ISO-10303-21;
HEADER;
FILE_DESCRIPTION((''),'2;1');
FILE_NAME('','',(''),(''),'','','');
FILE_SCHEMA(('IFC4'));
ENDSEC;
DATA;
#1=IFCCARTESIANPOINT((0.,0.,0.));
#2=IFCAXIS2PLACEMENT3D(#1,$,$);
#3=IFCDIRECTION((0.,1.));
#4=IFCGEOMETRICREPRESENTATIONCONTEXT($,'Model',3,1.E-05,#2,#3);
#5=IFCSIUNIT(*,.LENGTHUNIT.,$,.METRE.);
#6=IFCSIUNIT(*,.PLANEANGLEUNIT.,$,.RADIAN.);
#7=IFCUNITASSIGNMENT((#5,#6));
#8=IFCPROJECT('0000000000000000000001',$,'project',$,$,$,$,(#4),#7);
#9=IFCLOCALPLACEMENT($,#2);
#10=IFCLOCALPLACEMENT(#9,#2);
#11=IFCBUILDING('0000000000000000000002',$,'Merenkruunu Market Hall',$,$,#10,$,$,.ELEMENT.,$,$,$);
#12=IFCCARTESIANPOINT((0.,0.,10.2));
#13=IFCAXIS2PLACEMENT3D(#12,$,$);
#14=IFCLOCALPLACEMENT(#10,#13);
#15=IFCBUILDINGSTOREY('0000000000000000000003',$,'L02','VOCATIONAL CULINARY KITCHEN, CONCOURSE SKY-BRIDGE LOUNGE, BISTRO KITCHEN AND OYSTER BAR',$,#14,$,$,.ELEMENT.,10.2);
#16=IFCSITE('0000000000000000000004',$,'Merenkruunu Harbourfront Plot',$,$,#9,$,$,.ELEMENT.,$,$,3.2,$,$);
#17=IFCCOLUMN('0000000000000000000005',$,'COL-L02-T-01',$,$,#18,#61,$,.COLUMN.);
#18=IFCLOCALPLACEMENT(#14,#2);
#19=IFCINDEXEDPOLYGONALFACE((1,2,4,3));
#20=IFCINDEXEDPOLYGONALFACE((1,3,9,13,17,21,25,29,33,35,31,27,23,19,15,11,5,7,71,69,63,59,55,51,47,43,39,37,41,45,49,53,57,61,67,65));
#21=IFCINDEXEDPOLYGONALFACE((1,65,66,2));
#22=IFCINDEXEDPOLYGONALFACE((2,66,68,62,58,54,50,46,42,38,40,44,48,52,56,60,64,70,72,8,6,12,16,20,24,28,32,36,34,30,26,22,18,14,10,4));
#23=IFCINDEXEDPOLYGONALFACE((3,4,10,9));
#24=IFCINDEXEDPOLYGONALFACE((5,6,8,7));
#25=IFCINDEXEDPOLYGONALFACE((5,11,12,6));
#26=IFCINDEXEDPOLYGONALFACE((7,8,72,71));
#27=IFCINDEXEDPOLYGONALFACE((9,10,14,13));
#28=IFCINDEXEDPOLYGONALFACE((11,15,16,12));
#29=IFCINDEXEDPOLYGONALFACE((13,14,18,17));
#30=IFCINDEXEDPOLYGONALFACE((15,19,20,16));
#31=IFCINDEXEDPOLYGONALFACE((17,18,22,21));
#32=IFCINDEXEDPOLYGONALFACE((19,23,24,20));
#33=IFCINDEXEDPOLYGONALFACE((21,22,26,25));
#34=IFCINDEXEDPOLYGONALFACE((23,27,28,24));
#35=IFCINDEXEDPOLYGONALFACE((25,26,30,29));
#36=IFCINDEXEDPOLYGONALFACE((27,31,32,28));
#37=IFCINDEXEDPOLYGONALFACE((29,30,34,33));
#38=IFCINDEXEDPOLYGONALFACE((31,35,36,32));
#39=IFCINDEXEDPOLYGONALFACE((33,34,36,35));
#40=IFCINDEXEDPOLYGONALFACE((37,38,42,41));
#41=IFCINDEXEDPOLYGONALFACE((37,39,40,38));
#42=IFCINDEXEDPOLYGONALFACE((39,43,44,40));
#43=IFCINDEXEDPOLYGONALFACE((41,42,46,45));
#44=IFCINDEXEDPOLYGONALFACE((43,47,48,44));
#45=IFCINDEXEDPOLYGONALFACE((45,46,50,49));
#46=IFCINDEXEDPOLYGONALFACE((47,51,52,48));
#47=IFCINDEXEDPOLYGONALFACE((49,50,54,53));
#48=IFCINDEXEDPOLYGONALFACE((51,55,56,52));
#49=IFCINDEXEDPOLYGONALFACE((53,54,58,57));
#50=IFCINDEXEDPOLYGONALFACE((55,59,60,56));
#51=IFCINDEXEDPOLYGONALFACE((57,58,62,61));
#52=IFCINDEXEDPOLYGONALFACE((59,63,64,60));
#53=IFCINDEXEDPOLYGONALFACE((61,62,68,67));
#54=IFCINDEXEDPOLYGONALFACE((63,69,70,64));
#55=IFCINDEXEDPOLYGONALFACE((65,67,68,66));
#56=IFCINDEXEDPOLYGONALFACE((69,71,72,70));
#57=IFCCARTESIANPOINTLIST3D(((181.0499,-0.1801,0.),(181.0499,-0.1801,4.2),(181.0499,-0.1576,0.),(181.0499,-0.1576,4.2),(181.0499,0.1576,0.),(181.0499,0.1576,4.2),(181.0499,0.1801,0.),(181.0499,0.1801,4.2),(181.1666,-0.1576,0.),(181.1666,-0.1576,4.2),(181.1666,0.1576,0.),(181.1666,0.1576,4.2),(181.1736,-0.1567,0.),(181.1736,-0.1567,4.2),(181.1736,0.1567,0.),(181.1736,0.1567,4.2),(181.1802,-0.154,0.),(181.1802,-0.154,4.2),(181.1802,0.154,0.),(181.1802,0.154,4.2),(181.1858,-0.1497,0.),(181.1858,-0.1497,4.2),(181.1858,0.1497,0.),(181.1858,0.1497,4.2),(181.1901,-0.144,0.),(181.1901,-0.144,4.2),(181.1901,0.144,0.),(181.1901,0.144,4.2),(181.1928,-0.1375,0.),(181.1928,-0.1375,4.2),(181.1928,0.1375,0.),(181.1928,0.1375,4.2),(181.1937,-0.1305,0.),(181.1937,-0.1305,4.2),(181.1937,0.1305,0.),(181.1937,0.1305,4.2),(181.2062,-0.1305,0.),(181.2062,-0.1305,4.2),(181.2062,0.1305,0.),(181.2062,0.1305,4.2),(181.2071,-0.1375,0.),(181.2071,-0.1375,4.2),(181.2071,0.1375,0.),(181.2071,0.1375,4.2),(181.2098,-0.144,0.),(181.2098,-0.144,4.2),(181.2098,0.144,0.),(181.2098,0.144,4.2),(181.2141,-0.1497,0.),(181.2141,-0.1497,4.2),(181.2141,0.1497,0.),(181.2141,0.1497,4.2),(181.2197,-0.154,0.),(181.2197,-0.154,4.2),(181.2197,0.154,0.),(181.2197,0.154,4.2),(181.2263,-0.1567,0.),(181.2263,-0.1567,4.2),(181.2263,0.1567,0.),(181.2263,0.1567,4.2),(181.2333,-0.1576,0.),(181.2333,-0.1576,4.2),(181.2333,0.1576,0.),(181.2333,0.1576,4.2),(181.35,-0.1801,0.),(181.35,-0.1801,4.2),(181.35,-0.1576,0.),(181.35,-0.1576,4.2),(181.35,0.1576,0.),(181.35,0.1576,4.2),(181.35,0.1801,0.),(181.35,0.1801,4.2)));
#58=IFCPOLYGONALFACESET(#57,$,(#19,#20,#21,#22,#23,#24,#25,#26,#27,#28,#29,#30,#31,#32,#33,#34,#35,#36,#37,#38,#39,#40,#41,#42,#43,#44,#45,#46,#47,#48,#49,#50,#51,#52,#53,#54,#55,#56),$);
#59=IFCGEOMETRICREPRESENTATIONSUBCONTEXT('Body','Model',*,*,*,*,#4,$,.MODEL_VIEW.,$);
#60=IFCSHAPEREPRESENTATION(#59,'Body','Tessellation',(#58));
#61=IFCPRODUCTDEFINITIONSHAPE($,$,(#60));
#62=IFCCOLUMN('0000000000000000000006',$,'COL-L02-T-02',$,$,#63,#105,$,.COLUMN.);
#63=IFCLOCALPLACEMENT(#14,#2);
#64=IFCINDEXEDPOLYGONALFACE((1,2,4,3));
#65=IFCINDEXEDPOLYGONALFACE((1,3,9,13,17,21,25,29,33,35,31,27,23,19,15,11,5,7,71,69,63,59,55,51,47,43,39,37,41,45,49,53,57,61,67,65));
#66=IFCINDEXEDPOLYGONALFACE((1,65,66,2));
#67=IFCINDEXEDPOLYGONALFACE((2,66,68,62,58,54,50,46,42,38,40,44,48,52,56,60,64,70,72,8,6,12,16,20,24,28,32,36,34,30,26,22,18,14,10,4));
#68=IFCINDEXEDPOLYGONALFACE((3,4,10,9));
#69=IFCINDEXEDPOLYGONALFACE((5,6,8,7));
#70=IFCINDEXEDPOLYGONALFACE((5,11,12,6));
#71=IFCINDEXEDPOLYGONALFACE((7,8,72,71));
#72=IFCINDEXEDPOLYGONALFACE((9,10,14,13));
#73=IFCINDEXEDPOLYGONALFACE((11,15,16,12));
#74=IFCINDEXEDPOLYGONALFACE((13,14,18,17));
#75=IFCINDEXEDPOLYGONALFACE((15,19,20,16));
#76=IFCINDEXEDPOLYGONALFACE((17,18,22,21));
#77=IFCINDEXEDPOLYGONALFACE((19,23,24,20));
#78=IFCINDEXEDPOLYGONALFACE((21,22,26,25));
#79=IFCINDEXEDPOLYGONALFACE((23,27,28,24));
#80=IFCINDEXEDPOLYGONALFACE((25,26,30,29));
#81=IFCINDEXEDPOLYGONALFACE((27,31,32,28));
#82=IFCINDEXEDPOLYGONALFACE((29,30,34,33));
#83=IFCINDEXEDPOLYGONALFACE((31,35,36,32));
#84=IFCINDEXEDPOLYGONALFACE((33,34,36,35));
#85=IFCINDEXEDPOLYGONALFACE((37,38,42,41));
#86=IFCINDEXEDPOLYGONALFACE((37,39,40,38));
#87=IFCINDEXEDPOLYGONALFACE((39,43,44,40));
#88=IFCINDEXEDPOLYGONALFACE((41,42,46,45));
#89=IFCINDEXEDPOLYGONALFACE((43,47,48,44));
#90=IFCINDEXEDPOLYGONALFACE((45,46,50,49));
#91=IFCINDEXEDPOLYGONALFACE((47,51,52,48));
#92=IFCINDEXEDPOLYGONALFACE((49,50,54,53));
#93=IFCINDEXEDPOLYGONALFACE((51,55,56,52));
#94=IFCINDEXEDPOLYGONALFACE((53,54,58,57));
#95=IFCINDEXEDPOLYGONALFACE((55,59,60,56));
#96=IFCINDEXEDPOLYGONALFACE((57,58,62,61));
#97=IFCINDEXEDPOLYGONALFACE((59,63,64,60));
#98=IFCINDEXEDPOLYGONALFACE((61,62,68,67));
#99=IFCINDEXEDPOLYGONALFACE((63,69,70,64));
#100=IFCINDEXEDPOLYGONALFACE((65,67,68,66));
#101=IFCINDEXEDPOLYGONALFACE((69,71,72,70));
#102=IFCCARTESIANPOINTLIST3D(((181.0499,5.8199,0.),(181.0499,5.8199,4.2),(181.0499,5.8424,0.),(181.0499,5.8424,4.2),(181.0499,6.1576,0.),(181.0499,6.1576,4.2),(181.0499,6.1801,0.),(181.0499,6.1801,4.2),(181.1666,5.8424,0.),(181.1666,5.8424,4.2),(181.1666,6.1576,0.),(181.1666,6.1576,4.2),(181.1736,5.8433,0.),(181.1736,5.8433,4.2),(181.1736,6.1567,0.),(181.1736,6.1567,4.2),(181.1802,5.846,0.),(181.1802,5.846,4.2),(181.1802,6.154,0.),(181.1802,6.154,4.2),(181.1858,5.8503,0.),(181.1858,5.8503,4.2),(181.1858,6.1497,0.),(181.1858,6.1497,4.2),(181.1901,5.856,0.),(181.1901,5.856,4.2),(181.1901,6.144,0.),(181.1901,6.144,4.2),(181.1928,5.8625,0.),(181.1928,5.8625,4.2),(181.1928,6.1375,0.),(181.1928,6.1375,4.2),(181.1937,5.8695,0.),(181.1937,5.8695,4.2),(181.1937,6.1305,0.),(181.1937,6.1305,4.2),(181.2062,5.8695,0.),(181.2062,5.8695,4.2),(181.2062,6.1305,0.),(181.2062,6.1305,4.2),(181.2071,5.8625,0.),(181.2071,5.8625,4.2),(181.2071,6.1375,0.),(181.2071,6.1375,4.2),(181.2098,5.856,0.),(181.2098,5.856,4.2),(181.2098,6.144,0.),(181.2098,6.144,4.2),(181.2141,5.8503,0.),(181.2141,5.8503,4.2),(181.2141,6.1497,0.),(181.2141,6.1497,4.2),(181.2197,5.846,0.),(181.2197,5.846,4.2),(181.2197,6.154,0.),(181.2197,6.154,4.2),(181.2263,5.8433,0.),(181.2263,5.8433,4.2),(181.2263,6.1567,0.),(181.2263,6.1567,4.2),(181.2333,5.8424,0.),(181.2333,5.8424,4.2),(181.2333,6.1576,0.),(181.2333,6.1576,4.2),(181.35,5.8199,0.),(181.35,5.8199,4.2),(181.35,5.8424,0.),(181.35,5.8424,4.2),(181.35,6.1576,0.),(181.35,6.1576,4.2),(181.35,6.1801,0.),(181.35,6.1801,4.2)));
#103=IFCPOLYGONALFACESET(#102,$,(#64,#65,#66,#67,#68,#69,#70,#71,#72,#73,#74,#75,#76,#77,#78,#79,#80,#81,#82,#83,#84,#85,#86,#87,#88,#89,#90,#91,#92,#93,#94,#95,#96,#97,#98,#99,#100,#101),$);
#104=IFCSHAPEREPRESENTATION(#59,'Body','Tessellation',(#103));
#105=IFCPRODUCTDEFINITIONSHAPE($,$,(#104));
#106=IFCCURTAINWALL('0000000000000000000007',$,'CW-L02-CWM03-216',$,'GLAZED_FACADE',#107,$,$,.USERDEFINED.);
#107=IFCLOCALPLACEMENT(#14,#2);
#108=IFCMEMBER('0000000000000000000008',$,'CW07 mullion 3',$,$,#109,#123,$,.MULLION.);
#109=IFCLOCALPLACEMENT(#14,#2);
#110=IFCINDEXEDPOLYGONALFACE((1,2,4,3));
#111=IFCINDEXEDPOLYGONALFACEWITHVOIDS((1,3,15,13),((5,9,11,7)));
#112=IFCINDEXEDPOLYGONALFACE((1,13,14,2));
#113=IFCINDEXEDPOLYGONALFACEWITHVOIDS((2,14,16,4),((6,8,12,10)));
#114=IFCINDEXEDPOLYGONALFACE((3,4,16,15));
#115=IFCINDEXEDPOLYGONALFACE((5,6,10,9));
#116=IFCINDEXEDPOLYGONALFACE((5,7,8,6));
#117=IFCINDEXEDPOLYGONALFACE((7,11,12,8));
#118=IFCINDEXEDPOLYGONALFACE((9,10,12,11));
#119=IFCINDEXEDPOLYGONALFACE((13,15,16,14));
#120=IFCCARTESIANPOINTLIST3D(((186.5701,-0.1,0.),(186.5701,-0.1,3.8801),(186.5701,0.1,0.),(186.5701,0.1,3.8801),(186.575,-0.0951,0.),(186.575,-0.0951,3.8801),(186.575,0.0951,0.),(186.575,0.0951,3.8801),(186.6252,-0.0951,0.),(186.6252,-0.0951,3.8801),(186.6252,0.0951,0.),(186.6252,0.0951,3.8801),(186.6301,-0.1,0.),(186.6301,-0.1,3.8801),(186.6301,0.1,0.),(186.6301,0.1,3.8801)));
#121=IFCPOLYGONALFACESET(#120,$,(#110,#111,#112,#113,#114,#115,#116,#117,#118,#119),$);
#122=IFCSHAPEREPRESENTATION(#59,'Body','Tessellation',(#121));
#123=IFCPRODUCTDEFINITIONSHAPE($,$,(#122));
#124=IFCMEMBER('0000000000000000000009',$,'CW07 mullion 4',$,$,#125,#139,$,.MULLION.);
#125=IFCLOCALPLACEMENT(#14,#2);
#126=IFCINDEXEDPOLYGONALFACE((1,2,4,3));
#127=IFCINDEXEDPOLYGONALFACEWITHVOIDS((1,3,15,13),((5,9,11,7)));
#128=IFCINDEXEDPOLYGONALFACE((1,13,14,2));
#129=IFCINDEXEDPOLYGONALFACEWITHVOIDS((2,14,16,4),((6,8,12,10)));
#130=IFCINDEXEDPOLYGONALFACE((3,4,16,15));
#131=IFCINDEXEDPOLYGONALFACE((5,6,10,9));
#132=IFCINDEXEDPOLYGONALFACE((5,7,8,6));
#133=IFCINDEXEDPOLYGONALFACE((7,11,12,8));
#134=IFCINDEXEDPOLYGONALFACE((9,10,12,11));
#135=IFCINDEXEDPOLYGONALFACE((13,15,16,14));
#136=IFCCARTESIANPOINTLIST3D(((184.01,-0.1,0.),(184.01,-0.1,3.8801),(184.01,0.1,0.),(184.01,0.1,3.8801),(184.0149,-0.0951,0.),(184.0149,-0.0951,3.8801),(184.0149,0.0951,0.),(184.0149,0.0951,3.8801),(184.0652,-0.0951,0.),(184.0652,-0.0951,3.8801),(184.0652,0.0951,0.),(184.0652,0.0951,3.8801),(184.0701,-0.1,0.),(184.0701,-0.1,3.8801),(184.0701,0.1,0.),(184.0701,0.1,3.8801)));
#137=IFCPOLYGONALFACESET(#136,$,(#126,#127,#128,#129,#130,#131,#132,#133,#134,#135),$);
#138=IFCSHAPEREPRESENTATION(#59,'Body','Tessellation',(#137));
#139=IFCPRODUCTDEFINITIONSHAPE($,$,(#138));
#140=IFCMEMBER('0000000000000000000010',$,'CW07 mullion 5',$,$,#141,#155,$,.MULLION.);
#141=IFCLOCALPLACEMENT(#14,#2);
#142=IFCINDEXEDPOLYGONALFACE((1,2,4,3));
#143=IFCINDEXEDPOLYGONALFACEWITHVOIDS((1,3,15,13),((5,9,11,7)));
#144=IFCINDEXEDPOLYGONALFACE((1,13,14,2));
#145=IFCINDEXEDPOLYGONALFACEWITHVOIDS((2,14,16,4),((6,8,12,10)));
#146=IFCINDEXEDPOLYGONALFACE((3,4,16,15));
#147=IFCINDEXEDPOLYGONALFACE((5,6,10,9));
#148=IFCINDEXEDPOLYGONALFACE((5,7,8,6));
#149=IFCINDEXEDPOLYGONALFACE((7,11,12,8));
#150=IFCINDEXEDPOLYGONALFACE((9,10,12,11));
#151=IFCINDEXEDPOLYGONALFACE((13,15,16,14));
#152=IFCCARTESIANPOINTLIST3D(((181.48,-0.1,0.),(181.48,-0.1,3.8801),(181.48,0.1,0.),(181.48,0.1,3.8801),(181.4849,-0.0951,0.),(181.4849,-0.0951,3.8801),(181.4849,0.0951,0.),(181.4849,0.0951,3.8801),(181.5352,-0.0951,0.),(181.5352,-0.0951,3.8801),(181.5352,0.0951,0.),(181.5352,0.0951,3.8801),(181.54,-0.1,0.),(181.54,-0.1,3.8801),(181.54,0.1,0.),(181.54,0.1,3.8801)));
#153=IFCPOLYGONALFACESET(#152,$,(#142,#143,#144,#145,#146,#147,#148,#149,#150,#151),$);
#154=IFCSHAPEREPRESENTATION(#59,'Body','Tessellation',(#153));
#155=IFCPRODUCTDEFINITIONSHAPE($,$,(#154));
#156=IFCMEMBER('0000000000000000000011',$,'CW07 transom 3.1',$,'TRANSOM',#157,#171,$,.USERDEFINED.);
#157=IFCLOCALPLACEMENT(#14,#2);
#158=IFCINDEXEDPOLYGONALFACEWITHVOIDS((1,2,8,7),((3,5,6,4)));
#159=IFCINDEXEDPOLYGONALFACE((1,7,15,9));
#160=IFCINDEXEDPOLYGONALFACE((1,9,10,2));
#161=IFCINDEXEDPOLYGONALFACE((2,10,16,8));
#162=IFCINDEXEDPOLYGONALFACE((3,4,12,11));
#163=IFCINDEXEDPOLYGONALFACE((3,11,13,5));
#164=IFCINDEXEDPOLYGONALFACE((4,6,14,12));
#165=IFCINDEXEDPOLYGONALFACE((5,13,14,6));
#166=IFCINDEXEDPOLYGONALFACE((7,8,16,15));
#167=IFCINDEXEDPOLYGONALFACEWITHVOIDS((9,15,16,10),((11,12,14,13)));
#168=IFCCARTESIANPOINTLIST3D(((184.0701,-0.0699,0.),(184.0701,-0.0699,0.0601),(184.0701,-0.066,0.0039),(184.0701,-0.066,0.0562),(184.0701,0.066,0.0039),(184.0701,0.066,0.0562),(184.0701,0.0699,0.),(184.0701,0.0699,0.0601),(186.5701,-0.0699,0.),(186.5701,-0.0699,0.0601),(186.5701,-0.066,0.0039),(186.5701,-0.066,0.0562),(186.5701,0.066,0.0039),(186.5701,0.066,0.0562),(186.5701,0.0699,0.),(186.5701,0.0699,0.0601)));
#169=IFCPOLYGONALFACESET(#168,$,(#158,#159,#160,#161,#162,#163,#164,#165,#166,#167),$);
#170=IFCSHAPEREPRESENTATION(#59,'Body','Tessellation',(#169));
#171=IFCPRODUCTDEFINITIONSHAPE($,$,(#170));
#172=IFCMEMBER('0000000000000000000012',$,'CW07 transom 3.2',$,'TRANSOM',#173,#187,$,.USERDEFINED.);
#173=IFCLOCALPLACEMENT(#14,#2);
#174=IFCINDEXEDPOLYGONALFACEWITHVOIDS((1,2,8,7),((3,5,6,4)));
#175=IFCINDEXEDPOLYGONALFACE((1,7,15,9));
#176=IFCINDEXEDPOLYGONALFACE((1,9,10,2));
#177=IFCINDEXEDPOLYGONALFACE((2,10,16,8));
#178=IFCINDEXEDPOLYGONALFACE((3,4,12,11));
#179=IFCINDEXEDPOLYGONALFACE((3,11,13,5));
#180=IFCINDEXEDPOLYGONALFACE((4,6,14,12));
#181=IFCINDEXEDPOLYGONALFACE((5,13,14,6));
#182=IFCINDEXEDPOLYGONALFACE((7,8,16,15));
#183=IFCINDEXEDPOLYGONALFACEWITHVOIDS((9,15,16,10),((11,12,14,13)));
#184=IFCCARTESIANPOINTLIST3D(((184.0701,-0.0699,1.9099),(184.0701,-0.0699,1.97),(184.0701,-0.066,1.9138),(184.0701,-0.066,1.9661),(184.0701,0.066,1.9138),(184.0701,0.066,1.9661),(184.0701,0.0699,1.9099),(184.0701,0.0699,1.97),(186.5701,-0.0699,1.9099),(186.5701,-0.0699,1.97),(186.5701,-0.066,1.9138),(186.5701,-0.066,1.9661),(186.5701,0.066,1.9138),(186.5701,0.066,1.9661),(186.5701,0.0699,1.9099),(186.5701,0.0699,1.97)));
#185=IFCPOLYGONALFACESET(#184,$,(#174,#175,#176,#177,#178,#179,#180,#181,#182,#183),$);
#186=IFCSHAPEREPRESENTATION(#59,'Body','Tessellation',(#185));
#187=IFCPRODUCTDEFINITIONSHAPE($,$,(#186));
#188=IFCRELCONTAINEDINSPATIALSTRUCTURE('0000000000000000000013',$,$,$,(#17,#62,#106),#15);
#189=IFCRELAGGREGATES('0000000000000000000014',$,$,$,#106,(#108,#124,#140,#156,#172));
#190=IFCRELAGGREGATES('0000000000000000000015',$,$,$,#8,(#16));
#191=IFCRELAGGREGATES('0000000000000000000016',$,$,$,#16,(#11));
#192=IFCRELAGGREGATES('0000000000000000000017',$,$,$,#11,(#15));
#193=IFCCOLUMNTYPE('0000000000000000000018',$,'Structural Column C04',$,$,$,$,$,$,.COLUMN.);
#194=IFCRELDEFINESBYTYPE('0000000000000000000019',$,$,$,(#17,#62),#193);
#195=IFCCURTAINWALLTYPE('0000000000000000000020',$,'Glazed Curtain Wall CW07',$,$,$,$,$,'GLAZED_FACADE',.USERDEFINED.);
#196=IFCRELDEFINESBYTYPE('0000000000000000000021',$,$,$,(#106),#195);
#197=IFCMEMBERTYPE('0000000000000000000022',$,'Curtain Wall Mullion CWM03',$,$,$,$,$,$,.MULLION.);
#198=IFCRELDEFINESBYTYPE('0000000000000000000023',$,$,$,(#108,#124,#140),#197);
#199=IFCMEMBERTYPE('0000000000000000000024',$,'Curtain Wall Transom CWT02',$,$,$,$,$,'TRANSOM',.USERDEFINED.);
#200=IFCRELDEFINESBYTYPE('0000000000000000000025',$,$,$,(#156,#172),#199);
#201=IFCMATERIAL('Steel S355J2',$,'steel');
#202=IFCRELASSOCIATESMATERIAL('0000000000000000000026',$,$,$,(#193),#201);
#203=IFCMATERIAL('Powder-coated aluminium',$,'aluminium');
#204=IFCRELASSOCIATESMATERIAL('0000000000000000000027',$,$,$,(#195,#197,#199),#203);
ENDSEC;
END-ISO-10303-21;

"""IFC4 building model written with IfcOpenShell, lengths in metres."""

from ifc_helpers import new_model, si_unit, direction, frame, origin, origin_2d, place, context, subcontext, project, spatial, hollow_rectangle, i_section, extrude, material, material_profile, profile_set, type_object, element, aggregate, save


model = new_model("IFC4")

# Units and contexts
model_context = context("Model", 3, precision=1e-05, world=origin(), true_north=direction((0.0, 1.0)))
body_context = subcontext(model_context, "Body", "Model", "MODEL_VIEW")
ifc_project = project(units=[si_unit("LENGTHUNIT", "METRE"), si_unit("PLANEANGLEUNIT", "RADIAN")], contexts=[model_context])

# Site, building, storey
site_placement = place(None, origin())
site = spatial("IfcSite", under=ifc_project, at=site_placement, Name="Merenkruunu Harbourfront Plot", CompositionType="ELEMENT", RefElevation=3.2)
building_placement = place(site_placement, origin())
building = spatial("IfcBuilding", under=site, at=building_placement, Name="Merenkruunu Market Hall", CompositionType="ELEMENT")
storey_placement = place(building_placement, frame((0.0, 0.0, 10.2)))
storey = spatial("IfcBuildingStorey", under=building, at=storey_placement, Name="L02", Description="VOCATIONAL CULINARY KITCHEN, CONCOURSE SKY-BRIDGE LOUNGE, BISTRO KITCHEN AND OYSTER BAR", CompositionType="ELEMENT", Elevation=10.2)

# Columns
ifc_material_1 = material(Name="Steel S355J2", Category="steel")
ifc_material_profile_1 = material_profile(ifc_material_1, i_section(OverallWidth=0.3, OverallDepth=0.3601, WebThickness=0.0125, FlangeThickness=0.0225, FilletRadius=0.0271, at=origin_2d()), Name="HEB 360")
ifc_profile_set_1 = profile_set([ifc_material_profile_1], Name="Steel S355J2")
column_type = type_object("IfcColumnType", Name="Structural Column C04", PredefinedType="COLUMN", material=ifc_profile_set_1)
for number, where, z_axis, x_axis, name in (
    (1, (181.2, 0.0, 0.0), (0.0, 0.0, 1.0), (1.0, 0.0, 0.0), "COL-L02-T-01"),
    (2, (181.2, 6.0, 0.0), (0.0, 0.0, 1.0), (1.0, 0.0, 0.0), "COL-L02-T-02"),
):
    element("IfcColumn", number, at=place(storey_placement, frame(where, z_axis=z_axis, x_axis=x_axis)), inside=storey, type_object=column_type, Name=name, PredefinedType="COLUMN", context=body_context, shape_type="SweptSolid", body=[
        extrude(i_section(OverallWidth=0.3, OverallDepth=0.3601, WebThickness=0.0125, FlangeThickness=0.0225, FilletRadius=0.0271, at=origin_2d()), origin(), (0.0, 0.0, 1.0), 4.2),
    ])

# Curtain wall, members
ifc_material_2 = material(Name="Powder-coated aluminium", Category="aluminium")
curtain_wall_type = type_object("IfcCurtainWallType", Name="Glazed Curtain Wall CW07", ElementType="GLAZED_FACADE", PredefinedType="USERDEFINED", material=ifc_material_2)
curtain_wall_placement = place(storey_placement, origin())
curtain_wall = element("IfcCurtainWall", 3, at=curtain_wall_placement, inside=storey, type_object=curtain_wall_type, Name="CW-L02-CWM03-216", ObjectType="GLAZED_FACADE", PredefinedType="USERDEFINED")
ifc_material_profile_2 = material_profile(ifc_material_2, hollow_rectangle(XDim=0.0601, YDim=0.2, WallThickness=0.0049, at=origin_2d()), Name="ALU 60x200x5")
ifc_profile_set_2 = profile_set([ifc_material_profile_2], Name="Powder-coated aluminium")
member_type_1 = type_object("IfcMemberType", Name="Curtain Wall Mullion CWM03", PredefinedType="MULLION", material=ifc_profile_set_2)
member_1_placement = place(storey_placement, frame((186.6001, 0.0, 0.0), z_axis=(0.0, 0.0, 1.0), x_axis=(-1.0, 0.0, 0.0)))
member_1 = element("IfcMember", 4, at=member_1_placement, type_object=member_type_1, Name="CW07 mullion 3", PredefinedType="MULLION", context=body_context, shape_type="SweptSolid", body=[
    extrude(hollow_rectangle(XDim=0.0601, YDim=0.2, WallThickness=0.0049, at=origin_2d()), origin(), (0.0, 0.0, 1.0), 3.8801),
])
member_2_placement = place(storey_placement, frame((184.04, 0.0, 0.0), z_axis=(0.0, 0.0, 1.0), x_axis=(-1.0, 0.0, 0.0)))
member_2 = element("IfcMember", 5, at=member_2_placement, type_object=member_type_1, Name="CW07 mullion 4", PredefinedType="MULLION", context=body_context, shape_type="SweptSolid", body=[
    extrude(hollow_rectangle(XDim=0.0601, YDim=0.2, WallThickness=0.0049, at=origin_2d()), origin(), (0.0, 0.0, 1.0), 3.8801),
])
member_3_placement = place(storey_placement, frame((181.51, 0.0, 0.0), z_axis=(0.0, 0.0, 1.0), x_axis=(-1.0, 0.0, 0.0)))
member_3 = element("IfcMember", 6, at=member_3_placement, type_object=member_type_1, Name="CW07 mullion 5", PredefinedType="MULLION", context=body_context, shape_type="SweptSolid", body=[
    extrude(hollow_rectangle(XDim=0.0601, YDim=0.2, WallThickness=0.0049, at=origin_2d()), origin(), (0.0, 0.0, 1.0), 3.8801),
])
ifc_material_profile_3 = material_profile(ifc_material_2, hollow_rectangle(XDim=0.0601, YDim=0.1399, WallThickness=0.0039, at=origin_2d()), Name="ALU 60x140x4")
ifc_profile_set_3 = profile_set([ifc_material_profile_3], Name="Powder-coated aluminium")
member_type_2 = type_object("IfcMemberType", Name="Curtain Wall Transom CWT02", ElementType="TRANSOM", PredefinedType="USERDEFINED", material=ifc_profile_set_3)
member_4_placement = place(storey_placement, frame((186.5701, 0.0, 0.03), z_axis=(-1.0, 0.0, 0.0), x_axis=(0.0, 0.0, 1.0)))
member_4 = element("IfcMember", 7, at=member_4_placement, type_object=member_type_2, Name="CW07 transom 3.1", ObjectType="TRANSOM", PredefinedType="USERDEFINED", context=body_context, shape_type="SweptSolid", body=[
    extrude(hollow_rectangle(XDim=0.0601, YDim=0.1399, WallThickness=0.0039, at=origin_2d()), origin(), (0.0, 0.0, 1.0), 2.5),
])
member_5_placement = place(storey_placement, frame((186.5701, 0.0, 1.9399), z_axis=(-1.0, 0.0, 0.0), x_axis=(0.0, 0.0, 1.0)))
member_5 = element("IfcMember", 8, at=member_5_placement, type_object=member_type_2, Name="CW07 transom 3.2", ObjectType="TRANSOM", PredefinedType="USERDEFINED", context=body_context, shape_type="SweptSolid", body=[
    extrude(hollow_rectangle(XDim=0.0601, YDim=0.1399, WallThickness=0.0039, at=origin_2d()), origin(), (0.0, 0.0, 1.0), 2.5),
])

aggregate(curtain_wall, [member_1, member_2, member_3, member_4, member_5])

save(model, "model.ifc")
